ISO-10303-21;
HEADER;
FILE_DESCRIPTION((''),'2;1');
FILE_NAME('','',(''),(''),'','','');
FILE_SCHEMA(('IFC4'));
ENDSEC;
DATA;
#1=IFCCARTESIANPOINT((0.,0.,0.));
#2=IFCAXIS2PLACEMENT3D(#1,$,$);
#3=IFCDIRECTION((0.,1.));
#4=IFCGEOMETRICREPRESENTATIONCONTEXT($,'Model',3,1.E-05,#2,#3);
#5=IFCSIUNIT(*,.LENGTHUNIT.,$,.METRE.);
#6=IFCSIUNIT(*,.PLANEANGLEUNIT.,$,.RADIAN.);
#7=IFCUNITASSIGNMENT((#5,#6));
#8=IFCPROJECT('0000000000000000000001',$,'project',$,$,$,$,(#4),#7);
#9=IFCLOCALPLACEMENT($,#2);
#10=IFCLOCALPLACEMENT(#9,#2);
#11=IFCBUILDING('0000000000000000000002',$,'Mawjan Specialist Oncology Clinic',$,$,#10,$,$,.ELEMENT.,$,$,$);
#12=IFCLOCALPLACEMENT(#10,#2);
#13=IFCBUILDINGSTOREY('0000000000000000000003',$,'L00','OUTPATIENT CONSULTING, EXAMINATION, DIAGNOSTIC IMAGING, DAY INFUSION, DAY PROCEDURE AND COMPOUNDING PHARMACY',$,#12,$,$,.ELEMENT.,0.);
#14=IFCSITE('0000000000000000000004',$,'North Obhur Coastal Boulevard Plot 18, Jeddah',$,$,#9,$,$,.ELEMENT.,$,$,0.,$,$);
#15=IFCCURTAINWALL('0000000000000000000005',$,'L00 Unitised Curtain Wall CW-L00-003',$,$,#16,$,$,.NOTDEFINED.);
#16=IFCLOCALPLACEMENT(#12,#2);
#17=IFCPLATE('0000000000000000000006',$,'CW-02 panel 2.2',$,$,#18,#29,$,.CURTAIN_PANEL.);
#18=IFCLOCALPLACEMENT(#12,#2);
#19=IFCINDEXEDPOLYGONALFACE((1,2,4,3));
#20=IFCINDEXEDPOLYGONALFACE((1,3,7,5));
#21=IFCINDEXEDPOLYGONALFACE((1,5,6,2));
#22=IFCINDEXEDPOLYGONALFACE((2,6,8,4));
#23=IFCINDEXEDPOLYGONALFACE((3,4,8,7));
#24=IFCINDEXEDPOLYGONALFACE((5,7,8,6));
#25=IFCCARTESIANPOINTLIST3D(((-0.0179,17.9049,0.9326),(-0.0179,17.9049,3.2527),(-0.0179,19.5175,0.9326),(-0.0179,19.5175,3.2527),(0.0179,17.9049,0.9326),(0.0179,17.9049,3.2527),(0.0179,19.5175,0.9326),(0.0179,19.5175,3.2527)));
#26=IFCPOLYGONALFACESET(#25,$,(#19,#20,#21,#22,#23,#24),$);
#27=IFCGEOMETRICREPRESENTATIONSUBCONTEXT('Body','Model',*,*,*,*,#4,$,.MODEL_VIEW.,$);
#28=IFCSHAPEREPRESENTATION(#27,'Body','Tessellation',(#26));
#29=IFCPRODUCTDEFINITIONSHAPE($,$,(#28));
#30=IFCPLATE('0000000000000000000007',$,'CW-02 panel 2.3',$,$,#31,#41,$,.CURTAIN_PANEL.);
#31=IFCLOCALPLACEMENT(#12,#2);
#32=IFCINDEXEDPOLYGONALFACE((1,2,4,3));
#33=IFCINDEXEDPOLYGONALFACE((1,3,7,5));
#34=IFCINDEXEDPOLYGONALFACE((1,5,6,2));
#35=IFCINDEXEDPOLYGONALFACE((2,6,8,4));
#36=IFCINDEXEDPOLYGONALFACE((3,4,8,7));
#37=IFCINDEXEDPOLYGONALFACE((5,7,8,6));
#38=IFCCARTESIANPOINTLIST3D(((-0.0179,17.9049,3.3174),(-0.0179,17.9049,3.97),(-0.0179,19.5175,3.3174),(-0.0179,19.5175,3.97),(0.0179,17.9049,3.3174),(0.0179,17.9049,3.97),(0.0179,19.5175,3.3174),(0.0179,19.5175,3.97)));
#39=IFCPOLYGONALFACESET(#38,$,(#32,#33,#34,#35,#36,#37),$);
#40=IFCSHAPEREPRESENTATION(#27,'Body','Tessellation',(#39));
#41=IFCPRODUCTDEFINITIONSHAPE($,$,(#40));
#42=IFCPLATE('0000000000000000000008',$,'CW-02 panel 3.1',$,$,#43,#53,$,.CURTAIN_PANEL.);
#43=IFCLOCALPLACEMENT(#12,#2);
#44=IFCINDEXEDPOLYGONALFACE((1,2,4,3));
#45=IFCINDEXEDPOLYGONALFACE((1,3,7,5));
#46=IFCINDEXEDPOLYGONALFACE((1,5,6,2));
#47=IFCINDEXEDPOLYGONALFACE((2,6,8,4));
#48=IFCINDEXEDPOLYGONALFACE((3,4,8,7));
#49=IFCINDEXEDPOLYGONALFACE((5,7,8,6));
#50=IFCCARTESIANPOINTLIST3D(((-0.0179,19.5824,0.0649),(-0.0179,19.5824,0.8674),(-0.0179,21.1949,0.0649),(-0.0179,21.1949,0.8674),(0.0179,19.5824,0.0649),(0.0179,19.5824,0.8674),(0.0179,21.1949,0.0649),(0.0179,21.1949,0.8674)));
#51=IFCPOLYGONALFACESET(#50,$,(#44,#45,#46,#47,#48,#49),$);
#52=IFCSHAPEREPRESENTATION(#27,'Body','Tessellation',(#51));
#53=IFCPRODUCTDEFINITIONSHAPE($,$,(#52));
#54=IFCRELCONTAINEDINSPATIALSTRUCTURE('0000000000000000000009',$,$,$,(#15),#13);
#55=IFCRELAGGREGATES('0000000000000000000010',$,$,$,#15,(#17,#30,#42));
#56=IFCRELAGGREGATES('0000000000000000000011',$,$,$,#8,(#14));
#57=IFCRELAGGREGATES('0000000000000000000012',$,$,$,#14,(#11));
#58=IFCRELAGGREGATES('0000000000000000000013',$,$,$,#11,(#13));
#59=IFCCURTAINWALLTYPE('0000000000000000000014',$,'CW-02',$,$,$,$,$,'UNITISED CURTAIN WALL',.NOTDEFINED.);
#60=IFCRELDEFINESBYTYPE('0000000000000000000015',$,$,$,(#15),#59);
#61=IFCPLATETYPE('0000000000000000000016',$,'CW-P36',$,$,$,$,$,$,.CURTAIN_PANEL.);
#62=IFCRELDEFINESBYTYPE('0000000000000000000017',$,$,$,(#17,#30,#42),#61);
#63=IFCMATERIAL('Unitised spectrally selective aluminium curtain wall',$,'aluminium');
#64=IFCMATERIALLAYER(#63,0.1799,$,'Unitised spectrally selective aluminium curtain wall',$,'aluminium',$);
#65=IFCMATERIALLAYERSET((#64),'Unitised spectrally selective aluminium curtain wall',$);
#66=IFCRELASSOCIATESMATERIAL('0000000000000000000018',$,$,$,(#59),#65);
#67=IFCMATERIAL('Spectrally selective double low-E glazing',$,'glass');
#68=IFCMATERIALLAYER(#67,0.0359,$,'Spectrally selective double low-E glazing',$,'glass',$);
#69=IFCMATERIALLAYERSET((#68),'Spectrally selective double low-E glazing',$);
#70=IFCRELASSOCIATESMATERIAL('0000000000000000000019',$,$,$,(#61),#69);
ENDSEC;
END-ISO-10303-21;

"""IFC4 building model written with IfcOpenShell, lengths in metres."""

from ifc_helpers import new_model, si_unit, direction, frame, origin, origin_2d, place, context, subcontext, project, spatial, rectangle, extrude, material, layer, layer_set, type_object, element, aggregate, save


model = new_model("IFC4")

# Units and contexts
model_context = context("Model", 3, precision=1e-05, world=origin(), true_north=direction((0.0, 1.0)))
body_context = subcontext(model_context, "Body", "Model", "MODEL_VIEW")
ifc_project = project(units=[si_unit("LENGTHUNIT", "METRE"), si_unit("PLANEANGLEUNIT", "RADIAN")], contexts=[model_context])

# Site, building, storey
site_placement = place(None, origin())
site = spatial("IfcSite", under=ifc_project, at=site_placement, Name="North Obhur Coastal Boulevard Plot 18, Jeddah", CompositionType="ELEMENT", RefElevation=0.0)
building_placement = place(site_placement, origin())
building = spatial("IfcBuilding", under=site, at=building_placement, Name="Mawjan Specialist Oncology Clinic", CompositionType="ELEMENT")
storey_placement = place(building_placement, origin())
storey = spatial("IfcBuildingStorey", under=building, at=storey_placement, Name="L00", Description="OUTPATIENT CONSULTING, EXAMINATION, DIAGNOSTIC IMAGING, DAY INFUSION, DAY PROCEDURE AND COMPOUNDING PHARMACY", CompositionType="ELEMENT", Elevation=0.0)

# Curtain wall, plates
ifc_material_1 = material(Name="Unitised spectrally selective aluminium curtain wall", Category="aluminium")
ifc_layer_1 = layer(ifc_material_1, 0.1799, Name="Unitised spectrally selective aluminium curtain wall", Category="aluminium")
ifc_layer_set_1 = layer_set([ifc_layer_1], Name="Unitised spectrally selective aluminium curtain wall")
curtain_wall_type = type_object("IfcCurtainWallType", Name="CW-02", ElementType="UNITISED CURTAIN WALL", PredefinedType="NOTDEFINED", material=ifc_layer_set_1)
curtain_wall_placement = place(storey_placement, origin())
curtain_wall = element("IfcCurtainWall", 1, at=curtain_wall_placement, inside=storey, type_object=curtain_wall_type, Name="L00 Unitised Curtain Wall CW-L00-003", PredefinedType="NOTDEFINED")
ifc_material_2 = material(Name="Spectrally selective double low-E glazing", Category="glass")
ifc_layer_2 = layer(ifc_material_2, 0.0359, Name="Spectrally selective double low-E glazing", Category="glass")
ifc_layer_set_2 = layer_set([ifc_layer_2], Name="Spectrally selective double low-E glazing")
plate_type = type_object("IfcPlateType", Name="CW-P36", PredefinedType="CURTAIN_PANEL", material=ifc_layer_set_2)
plate_1_placement = place(storey_placement, frame((0.0, 18.7112, 0.9326), z_axis=(0.0, 0.0, 1.0), x_axis=(0.0, 1.0, 0.0)))
plate_1 = element("IfcPlate", 2, at=plate_1_placement, type_object=plate_type, Name="CW-02 panel 2.2", PredefinedType="CURTAIN_PANEL", context=body_context, shape_type="SweptSolid", body=[
    extrude(rectangle(XDim=1.6125, YDim=0.0359, at=origin_2d()), origin(), (0.0, 0.0, 1.0), 2.3201),
])
plate_2_placement = place(storey_placement, frame((0.0, 18.7112, 3.3174), z_axis=(0.0, 0.0, 1.0), x_axis=(0.0, 1.0, 0.0)))
plate_2 = element("IfcPlate", 3, at=plate_2_placement, type_object=plate_type, Name="CW-02 panel 2.3", PredefinedType="CURTAIN_PANEL", context=body_context, shape_type="SweptSolid", body=[
    extrude(rectangle(XDim=1.6125, YDim=0.0359, at=origin_2d()), origin(), (0.0, 0.0, 1.0), 0.6526),
])
plate_3_placement = place(storey_placement, frame((0.0, 20.3887, 0.0649), z_axis=(0.0, 0.0, 1.0), x_axis=(0.0, 1.0, 0.0)))
plate_3 = element("IfcPlate", 4, at=plate_3_placement, type_object=plate_type, Name="CW-02 panel 3.1", PredefinedType="CURTAIN_PANEL", context=body_context, shape_type="SweptSolid", body=[
    extrude(rectangle(XDim=1.6125, YDim=0.0359, at=origin_2d()), origin(), (0.0, 0.0, 1.0), 0.8025),
])
aggregate(curtain_wall, [plate_1, plate_2, plate_3])

save(model, "model.ifc")
